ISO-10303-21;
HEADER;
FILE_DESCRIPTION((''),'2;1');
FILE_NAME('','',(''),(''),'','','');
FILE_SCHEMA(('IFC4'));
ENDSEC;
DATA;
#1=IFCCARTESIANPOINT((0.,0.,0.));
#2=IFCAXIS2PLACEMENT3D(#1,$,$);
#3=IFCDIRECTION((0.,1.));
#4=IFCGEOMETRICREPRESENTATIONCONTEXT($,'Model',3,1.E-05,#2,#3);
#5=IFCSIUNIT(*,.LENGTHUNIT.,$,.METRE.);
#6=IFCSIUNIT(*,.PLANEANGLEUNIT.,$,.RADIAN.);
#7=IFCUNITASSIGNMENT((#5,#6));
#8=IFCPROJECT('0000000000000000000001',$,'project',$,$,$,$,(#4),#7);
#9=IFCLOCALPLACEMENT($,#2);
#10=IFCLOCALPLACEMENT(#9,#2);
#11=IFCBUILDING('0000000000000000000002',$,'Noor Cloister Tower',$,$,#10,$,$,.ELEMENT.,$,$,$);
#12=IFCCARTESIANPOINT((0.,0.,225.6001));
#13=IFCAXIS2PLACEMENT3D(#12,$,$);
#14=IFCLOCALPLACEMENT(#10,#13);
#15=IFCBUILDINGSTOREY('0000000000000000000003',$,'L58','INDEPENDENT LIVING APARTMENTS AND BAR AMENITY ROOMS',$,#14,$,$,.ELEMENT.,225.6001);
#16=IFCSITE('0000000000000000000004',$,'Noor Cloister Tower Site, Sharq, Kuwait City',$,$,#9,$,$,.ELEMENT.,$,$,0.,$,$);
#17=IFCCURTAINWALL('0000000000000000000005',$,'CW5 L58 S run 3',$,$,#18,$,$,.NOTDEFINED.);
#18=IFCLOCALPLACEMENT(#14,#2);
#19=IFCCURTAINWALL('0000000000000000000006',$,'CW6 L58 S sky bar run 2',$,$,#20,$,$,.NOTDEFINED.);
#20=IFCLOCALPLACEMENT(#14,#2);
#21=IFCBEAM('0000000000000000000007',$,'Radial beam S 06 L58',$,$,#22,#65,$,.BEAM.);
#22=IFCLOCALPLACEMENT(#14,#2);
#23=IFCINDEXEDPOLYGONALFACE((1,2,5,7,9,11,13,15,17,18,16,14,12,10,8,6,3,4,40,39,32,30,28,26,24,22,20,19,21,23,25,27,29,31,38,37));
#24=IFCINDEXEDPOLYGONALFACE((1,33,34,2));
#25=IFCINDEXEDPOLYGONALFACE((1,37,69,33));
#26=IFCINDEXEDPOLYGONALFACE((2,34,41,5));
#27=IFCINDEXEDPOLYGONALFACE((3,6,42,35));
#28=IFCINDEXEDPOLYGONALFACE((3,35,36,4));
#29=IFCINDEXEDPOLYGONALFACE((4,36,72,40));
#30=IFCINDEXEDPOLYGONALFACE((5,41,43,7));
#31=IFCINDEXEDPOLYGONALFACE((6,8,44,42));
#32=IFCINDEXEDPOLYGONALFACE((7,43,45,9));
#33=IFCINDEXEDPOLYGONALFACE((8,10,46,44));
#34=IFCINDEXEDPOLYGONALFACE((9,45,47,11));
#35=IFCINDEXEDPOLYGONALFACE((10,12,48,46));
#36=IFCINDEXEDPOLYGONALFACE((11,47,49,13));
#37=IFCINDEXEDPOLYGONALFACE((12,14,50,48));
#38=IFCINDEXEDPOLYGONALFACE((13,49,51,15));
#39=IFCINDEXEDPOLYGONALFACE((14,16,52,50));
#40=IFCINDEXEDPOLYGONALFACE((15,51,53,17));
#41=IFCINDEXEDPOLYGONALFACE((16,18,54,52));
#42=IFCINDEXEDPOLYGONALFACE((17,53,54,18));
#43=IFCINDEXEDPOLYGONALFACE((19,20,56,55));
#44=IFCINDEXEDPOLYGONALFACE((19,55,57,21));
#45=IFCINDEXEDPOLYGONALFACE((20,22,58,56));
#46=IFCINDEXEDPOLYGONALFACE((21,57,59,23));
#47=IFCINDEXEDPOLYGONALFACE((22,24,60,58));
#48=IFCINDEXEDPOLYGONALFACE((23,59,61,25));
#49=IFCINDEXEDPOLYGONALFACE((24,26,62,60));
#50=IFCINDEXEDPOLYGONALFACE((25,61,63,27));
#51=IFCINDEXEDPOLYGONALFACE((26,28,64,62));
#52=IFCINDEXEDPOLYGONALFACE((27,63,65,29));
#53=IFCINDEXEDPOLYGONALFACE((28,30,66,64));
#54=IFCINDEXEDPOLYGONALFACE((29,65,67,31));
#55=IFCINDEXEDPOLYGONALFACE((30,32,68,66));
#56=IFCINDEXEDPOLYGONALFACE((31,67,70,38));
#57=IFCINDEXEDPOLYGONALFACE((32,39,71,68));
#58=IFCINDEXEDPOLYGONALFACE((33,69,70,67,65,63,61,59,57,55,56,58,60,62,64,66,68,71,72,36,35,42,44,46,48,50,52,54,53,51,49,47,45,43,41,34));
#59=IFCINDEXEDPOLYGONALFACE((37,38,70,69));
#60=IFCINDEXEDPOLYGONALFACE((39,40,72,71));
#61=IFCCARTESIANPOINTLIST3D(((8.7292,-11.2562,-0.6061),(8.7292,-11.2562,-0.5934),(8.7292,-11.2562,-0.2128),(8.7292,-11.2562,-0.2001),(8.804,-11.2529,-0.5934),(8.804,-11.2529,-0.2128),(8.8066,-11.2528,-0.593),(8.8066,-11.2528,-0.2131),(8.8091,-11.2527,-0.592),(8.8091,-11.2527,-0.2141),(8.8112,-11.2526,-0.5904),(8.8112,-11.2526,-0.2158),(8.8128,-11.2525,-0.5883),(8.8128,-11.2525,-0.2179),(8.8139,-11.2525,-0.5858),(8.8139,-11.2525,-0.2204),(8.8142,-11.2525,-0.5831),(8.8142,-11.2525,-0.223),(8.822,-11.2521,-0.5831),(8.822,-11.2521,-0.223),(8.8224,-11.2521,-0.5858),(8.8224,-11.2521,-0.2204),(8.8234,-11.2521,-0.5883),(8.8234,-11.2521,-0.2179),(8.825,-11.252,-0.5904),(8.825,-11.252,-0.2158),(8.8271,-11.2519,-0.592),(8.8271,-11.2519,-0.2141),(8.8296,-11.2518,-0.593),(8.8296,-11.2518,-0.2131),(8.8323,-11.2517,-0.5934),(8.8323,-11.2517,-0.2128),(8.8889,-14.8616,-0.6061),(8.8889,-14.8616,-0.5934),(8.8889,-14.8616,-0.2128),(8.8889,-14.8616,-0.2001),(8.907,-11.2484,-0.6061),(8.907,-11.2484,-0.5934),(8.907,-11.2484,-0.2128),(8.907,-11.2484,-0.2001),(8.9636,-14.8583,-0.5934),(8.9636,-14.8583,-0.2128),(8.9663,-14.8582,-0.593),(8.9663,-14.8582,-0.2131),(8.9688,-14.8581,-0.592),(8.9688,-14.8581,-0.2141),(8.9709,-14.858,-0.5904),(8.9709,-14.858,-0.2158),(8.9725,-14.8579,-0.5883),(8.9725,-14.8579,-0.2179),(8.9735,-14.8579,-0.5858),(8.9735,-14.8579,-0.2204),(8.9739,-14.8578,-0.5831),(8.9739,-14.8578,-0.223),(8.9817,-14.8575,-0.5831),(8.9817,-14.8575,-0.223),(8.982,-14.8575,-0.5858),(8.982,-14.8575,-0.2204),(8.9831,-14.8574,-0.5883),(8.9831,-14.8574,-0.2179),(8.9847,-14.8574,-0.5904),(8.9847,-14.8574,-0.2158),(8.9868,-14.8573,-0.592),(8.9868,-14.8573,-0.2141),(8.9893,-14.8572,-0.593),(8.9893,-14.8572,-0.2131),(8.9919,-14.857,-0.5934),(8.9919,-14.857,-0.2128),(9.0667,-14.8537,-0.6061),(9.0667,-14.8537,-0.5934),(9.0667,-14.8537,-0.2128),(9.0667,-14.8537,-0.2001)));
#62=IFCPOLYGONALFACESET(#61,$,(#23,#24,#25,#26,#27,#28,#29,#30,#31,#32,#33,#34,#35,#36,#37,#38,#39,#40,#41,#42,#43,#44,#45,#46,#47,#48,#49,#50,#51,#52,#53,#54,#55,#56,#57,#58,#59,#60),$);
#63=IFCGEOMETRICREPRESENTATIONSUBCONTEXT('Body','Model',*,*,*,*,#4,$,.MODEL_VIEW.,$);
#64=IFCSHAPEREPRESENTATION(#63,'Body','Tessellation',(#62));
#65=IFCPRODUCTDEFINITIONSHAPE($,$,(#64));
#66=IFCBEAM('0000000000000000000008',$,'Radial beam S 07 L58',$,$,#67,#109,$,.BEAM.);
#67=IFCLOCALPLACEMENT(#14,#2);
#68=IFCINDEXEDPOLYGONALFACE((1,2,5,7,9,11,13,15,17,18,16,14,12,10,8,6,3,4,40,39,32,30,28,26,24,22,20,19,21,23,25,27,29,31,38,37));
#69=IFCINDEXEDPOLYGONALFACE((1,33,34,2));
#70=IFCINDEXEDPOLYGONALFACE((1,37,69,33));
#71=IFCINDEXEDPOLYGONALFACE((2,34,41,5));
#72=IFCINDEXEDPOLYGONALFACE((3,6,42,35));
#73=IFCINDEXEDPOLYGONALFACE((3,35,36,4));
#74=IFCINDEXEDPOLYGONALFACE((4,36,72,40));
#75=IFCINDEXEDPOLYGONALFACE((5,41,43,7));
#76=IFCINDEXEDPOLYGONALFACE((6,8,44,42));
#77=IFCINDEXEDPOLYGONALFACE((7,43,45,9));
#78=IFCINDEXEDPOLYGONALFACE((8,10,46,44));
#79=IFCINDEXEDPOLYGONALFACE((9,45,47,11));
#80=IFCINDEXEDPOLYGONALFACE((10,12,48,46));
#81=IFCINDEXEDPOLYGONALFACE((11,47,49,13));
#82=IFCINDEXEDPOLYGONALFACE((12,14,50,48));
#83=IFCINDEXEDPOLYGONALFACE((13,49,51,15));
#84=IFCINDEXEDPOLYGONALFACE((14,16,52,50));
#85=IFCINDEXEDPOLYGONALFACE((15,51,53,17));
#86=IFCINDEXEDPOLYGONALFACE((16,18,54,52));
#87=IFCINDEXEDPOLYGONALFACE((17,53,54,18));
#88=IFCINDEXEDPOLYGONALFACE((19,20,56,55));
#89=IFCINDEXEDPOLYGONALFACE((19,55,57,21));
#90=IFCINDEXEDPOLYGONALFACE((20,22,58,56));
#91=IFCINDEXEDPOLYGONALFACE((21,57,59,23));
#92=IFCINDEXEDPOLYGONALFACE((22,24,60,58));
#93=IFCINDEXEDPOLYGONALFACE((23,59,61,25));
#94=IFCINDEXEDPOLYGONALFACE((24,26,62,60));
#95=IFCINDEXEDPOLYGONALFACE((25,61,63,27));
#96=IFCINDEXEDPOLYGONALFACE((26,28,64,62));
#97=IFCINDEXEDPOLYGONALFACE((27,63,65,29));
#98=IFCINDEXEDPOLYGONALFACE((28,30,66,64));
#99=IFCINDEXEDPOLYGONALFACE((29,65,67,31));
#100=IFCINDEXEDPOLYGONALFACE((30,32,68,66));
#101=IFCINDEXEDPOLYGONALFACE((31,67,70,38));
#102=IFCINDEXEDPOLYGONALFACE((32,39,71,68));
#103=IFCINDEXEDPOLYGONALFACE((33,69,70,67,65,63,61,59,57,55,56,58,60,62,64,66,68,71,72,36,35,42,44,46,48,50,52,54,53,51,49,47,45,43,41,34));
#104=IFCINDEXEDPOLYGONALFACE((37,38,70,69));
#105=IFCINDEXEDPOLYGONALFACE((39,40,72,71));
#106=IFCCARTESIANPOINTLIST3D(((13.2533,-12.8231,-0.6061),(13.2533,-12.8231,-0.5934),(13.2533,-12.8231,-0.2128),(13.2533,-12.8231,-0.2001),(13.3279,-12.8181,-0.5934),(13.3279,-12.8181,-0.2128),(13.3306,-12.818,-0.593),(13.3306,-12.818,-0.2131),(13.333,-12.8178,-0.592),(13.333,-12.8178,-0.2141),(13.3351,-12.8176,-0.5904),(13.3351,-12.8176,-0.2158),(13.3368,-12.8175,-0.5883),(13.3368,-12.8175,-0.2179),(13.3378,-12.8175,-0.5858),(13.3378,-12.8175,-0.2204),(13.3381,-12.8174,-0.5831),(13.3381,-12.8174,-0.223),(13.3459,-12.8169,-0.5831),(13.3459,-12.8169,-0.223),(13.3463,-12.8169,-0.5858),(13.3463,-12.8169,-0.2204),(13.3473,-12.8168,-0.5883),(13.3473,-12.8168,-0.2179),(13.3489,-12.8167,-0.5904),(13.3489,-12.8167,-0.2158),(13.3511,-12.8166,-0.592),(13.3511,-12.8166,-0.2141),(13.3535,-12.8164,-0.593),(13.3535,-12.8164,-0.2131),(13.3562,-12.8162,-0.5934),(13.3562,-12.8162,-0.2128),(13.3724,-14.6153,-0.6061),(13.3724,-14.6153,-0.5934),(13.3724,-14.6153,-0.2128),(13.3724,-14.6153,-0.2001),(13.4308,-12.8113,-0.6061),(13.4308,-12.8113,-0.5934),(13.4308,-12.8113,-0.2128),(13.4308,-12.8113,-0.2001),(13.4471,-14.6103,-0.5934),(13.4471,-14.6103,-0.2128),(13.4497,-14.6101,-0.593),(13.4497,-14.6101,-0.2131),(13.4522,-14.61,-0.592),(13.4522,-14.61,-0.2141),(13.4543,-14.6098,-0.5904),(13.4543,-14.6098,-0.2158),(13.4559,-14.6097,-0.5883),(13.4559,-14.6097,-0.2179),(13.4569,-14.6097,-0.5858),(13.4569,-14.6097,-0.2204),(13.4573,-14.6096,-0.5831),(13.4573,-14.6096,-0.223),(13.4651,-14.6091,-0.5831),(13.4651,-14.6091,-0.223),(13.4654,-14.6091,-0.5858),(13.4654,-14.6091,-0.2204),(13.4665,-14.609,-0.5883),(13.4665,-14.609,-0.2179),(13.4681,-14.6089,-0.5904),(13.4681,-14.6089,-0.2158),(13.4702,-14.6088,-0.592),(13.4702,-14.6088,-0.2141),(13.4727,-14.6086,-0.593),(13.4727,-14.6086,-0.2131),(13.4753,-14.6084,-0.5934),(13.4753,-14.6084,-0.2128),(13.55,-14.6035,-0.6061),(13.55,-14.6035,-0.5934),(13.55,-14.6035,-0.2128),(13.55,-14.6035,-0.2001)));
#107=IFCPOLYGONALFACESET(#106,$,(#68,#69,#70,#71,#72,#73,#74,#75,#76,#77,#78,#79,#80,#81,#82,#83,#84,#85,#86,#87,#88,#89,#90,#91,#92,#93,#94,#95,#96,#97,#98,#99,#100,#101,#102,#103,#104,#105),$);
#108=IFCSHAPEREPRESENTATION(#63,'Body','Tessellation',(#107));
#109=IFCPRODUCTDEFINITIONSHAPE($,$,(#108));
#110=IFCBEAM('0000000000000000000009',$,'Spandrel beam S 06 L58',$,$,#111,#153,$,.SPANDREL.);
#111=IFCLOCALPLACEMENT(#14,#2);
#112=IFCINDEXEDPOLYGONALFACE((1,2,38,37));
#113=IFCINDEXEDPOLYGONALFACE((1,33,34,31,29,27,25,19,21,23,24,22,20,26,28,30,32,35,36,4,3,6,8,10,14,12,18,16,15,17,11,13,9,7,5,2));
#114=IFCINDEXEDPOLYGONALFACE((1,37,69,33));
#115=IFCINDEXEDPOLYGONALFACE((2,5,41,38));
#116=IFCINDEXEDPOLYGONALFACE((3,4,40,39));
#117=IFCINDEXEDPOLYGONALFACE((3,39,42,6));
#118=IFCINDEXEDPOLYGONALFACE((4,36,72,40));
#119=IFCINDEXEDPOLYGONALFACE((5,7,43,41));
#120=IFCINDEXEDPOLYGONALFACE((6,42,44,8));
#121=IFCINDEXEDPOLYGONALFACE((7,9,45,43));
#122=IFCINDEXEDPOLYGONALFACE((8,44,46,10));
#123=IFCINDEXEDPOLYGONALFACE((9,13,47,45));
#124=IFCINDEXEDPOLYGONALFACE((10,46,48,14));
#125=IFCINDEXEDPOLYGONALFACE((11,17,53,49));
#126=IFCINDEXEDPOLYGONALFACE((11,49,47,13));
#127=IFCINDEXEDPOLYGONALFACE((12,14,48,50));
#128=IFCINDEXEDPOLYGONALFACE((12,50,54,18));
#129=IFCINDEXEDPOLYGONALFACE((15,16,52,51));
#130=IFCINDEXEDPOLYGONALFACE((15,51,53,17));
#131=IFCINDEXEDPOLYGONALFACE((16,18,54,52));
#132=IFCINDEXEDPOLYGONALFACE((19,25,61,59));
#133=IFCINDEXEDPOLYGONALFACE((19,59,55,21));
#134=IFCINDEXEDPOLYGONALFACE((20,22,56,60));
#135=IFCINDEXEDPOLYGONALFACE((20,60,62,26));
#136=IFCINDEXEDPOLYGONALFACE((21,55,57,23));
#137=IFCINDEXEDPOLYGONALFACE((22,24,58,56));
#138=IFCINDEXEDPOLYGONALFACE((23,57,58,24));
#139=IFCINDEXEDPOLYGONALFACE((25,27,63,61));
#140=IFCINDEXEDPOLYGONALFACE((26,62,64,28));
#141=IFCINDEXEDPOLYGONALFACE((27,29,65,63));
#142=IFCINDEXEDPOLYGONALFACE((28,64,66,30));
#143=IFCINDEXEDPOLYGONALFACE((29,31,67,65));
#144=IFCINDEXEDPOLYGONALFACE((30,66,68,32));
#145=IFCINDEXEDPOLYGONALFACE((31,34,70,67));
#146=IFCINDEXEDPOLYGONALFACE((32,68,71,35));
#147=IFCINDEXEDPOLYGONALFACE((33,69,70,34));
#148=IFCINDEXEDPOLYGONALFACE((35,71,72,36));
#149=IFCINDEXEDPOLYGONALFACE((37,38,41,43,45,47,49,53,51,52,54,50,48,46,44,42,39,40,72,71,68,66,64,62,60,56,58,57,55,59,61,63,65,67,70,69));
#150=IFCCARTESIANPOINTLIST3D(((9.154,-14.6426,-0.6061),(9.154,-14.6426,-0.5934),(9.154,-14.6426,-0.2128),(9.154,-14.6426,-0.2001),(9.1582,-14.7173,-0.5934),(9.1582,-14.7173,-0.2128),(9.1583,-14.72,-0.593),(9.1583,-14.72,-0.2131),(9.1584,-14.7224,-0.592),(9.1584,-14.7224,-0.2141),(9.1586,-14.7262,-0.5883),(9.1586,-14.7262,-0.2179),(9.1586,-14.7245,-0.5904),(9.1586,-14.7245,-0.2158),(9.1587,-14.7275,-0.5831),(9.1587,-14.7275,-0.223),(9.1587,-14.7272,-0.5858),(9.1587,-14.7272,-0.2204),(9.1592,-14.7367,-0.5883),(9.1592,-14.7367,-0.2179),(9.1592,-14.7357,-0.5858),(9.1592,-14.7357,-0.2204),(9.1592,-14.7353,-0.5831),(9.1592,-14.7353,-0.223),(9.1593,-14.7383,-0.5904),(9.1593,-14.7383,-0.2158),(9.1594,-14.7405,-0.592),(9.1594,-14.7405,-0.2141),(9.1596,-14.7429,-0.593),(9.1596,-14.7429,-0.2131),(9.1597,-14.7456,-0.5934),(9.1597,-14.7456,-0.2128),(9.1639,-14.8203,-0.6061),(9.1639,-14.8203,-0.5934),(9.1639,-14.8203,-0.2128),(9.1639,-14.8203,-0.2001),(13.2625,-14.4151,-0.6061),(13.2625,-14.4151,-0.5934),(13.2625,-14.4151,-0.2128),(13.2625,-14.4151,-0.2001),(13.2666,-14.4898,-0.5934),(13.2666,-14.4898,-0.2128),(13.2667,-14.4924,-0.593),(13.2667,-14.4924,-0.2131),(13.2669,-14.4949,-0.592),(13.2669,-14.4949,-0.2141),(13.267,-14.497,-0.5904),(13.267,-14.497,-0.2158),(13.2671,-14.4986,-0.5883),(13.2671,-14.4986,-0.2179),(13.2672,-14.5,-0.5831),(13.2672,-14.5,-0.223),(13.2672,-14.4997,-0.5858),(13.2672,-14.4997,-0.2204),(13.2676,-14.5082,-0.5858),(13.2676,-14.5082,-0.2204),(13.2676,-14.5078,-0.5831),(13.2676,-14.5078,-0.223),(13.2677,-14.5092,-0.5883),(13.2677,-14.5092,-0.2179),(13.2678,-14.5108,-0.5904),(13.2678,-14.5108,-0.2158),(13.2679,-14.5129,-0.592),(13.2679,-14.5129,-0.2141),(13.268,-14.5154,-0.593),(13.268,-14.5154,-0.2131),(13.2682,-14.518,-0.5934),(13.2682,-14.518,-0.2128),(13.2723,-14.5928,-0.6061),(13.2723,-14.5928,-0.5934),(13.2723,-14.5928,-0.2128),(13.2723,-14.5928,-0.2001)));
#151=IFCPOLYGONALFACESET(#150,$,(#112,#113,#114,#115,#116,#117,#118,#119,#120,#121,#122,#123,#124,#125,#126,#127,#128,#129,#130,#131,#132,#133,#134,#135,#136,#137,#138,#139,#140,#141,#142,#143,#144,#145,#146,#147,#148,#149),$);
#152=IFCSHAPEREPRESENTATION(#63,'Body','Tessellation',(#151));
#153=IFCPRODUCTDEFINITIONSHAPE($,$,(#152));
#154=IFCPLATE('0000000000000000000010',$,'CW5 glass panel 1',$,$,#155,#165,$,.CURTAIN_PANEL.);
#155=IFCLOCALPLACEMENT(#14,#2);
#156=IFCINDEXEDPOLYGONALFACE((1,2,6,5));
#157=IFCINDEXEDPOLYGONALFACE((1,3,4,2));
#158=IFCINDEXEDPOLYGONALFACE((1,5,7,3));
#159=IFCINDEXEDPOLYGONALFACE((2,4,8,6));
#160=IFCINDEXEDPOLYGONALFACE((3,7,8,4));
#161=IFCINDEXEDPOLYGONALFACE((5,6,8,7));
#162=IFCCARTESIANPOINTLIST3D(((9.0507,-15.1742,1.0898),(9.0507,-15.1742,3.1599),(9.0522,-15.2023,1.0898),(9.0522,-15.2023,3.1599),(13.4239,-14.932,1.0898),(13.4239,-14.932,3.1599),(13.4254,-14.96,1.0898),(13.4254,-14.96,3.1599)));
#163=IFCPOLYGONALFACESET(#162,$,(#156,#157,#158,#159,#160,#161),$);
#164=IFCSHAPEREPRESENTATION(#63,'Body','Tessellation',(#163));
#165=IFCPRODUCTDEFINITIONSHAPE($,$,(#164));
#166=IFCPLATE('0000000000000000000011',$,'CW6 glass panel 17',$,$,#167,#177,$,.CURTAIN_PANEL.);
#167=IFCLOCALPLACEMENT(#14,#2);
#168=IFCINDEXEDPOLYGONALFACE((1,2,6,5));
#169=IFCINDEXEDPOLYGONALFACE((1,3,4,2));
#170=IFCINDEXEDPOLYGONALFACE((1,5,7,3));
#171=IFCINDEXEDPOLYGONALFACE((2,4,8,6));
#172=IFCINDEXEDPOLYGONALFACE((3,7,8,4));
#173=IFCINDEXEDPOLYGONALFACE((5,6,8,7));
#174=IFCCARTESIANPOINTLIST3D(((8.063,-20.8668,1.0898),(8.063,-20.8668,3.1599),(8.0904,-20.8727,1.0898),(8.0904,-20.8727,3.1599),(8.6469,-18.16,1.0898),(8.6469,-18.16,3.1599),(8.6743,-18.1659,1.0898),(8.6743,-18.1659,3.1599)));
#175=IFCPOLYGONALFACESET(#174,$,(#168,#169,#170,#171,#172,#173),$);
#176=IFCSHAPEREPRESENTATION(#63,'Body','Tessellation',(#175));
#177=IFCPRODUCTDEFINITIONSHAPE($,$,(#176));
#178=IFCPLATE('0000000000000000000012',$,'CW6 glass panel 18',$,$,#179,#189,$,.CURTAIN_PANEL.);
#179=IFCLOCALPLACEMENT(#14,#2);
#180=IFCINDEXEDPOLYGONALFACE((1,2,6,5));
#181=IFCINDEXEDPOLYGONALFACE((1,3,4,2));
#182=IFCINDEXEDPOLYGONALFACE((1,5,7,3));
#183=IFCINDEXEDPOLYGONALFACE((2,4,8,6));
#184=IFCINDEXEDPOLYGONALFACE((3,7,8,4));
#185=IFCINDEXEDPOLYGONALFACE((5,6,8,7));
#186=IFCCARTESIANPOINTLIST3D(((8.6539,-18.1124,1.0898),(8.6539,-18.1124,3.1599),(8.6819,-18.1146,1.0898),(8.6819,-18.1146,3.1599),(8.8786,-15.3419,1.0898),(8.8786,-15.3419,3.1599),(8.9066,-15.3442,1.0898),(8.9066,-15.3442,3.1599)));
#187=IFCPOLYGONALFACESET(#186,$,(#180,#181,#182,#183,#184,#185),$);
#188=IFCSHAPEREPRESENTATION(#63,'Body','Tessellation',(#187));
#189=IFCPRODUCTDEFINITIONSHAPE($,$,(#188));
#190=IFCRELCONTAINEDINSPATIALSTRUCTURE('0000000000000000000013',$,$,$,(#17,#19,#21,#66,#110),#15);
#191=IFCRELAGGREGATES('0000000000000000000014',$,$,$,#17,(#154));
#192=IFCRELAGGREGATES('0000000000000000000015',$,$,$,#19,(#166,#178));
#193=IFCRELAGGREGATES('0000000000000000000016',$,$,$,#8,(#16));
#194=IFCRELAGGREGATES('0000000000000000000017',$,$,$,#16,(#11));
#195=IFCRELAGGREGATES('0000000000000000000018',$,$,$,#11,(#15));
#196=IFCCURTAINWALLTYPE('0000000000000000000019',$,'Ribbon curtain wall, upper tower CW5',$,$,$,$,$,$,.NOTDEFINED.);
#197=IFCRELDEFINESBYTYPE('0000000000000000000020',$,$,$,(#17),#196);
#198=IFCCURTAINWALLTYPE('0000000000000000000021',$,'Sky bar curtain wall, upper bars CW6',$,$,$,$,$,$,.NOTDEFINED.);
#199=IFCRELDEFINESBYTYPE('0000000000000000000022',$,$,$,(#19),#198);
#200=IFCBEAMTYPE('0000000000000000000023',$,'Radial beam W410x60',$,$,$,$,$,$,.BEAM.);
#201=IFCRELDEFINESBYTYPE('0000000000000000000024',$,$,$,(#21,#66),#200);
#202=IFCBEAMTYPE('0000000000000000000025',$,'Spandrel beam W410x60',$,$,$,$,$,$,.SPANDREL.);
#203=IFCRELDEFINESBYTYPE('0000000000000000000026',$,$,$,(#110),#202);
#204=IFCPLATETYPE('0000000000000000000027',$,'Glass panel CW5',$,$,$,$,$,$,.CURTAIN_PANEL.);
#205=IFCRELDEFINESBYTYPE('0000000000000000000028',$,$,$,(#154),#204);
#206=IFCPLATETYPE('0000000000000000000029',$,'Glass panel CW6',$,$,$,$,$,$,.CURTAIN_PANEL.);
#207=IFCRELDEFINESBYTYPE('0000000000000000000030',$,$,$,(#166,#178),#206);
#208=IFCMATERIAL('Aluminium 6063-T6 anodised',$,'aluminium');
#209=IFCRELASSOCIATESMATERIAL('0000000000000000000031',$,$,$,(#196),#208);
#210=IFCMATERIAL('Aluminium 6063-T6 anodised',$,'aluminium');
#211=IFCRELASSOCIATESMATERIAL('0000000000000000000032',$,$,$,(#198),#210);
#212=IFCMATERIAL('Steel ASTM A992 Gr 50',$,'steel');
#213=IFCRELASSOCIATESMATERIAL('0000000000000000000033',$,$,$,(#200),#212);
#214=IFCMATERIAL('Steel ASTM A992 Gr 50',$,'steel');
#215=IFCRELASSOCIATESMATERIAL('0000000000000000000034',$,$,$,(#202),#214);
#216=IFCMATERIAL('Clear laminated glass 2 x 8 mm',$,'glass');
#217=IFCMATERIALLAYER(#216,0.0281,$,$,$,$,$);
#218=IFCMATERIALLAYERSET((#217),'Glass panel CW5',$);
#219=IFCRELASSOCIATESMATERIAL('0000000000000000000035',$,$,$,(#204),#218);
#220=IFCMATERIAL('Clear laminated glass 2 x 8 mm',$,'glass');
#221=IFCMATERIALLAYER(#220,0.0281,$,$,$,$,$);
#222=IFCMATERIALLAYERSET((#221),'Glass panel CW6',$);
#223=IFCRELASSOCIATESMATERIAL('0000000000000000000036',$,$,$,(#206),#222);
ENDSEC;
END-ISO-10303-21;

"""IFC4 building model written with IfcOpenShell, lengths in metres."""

from ifc_helpers import new_model, si_unit, direction, frame, origin, origin_2d, place, context, subcontext, project, spatial, rectangle, i_section, extrude, material, layer, layer_set, material_profile, profile_set, type_object, element, aggregate, save


model = new_model("IFC4")

# Units and contexts
model_context = context("Model", 3, precision=1e-05, world=origin(), true_north=direction((0.0, 1.0)))
body_context = subcontext(model_context, "Body", "Model", "MODEL_VIEW")
ifc_project = project(units=[si_unit("LENGTHUNIT", "METRE"), si_unit("PLANEANGLEUNIT", "RADIAN")], contexts=[model_context])

# Site, building, storey
site_placement = place(None, origin())
site = spatial("IfcSite", under=ifc_project, at=site_placement, Name="Noor Cloister Tower Site, Sharq, Kuwait City", CompositionType="ELEMENT", RefElevation=0.0)
building_placement = place(site_placement, origin())
building = spatial("IfcBuilding", under=site, at=building_placement, Name="Noor Cloister Tower", CompositionType="ELEMENT")
storey_placement = place(building_placement, frame((0.0, 0.0, 225.6001)))
storey = spatial("IfcBuildingStorey", under=building, at=storey_placement, Name="L58", Description="INDEPENDENT LIVING APARTMENTS AND BAR AMENITY ROOMS", CompositionType="ELEMENT", Elevation=225.6001)

# Curtain walls
ifc_material_1 = material(Name="Aluminium 6063-T6 anodised", Category="aluminium")
curtain_wall_type_1 = type_object("IfcCurtainWallType", Name="Ribbon curtain wall, upper tower CW5", PredefinedType="NOTDEFINED", material=ifc_material_1)
curtain_wall_1_placement = place(storey_placement, origin())
curtain_wall_1 = element("IfcCurtainWall", 1, at=curtain_wall_1_placement, inside=storey, type_object=curtain_wall_type_1, Name="CW5 L58 S run 3", PredefinedType="NOTDEFINED")
ifc_material_2 = material(Name="Aluminium 6063-T6 anodised", Category="aluminium")
curtain_wall_type_2 = type_object("IfcCurtainWallType", Name="Sky bar curtain wall, upper bars CW6", PredefinedType="NOTDEFINED", material=ifc_material_2)
curtain_wall_2_placement = place(storey_placement, origin())
curtain_wall_2 = element("IfcCurtainWall", 2, at=curtain_wall_2_placement, inside=storey, type_object=curtain_wall_type_2, Name="CW6 L58 S sky bar run 2", PredefinedType="NOTDEFINED")

# Beams
ifc_material_3 = material(Name="Steel ASTM A992 Gr 50", Category="steel")
ifc_material_profile_1 = material_profile(ifc_material_3, i_section(OverallWidth=0.178, OverallDepth=0.406, WebThickness=0.0078, FlangeThickness=0.0127, FilletRadius=0.0103, at=origin_2d()), Name="W410x60")
ifc_profile_set_1 = profile_set([ifc_material_profile_1], Name="Steel ASTM A992 Gr 50")
beam_type_1 = type_object("IfcBeamType", Name="Radial beam W410x60", PredefinedType="BEAM", material=ifc_profile_set_1)
beam_1_placement = place(storey_placement, frame((8.9778, -14.8577, -0.4031), z_axis=(-0.044242, 0.999021, 0.0), x_axis=(-0.999021, -0.044242, 0.0)))
element("IfcBeam", 3, at=beam_1_placement, inside=storey, type_object=beam_type_1, Name="Radial beam S 06 L58", PredefinedType="BEAM", context=body_context, shape_type="SweptSolid", body=[
    extrude(i_section(OverallWidth=0.178, OverallDepth=0.406, WebThickness=0.0078, FlangeThickness=0.0127, FilletRadius=0.0103, at=origin_2d()), origin(), (0.0, 0.0, 1.0), 3.6089),
])
beam_2_placement = place(storey_placement, frame((13.4612, -14.6094, -0.4031), z_axis=(-0.06633, 0.997798, 0.0), x_axis=(-0.997798, -0.06633, 0.0)))
element("IfcBeam", 4, at=beam_2_placement, inside=storey, type_object=beam_type_1, Name="Radial beam S 07 L58", PredefinedType="BEAM", context=body_context, shape_type="SweptSolid", body=[
    extrude(i_section(OverallWidth=0.178, OverallDepth=0.406, WebThickness=0.0078, FlangeThickness=0.0127, FilletRadius=0.0103, at=origin_2d()), origin(), (0.0, 0.0, 1.0), 1.7961),
])
ifc_material_4 = material(Name="Steel ASTM A992 Gr 50", Category="steel")
ifc_material_profile_2 = material_profile(ifc_material_4, i_section(OverallWidth=0.178, OverallDepth=0.406, WebThickness=0.0078, FlangeThickness=0.0127, FilletRadius=0.0103, at=origin_2d()), Name="W410x60")
ifc_profile_set_2 = profile_set([ifc_material_profile_2], Name="Steel ASTM A992 Gr 50")
beam_type_2 = type_object("IfcBeamType", Name="Spandrel beam W410x60", PredefinedType="SPANDREL", material=ifc_profile_set_2)
beam_3_placement = place(storey_placement, frame((9.1589, -14.7314, -0.4031), z_axis=(0.99847, 0.055299, 0.0), x_axis=(-0.055299, 0.99847, 0.0)))
element("IfcBeam", 5, at=beam_3_placement, inside=storey, type_object=beam_type_2, Name="Spandrel beam S 06 L58", PredefinedType="SPANDREL", context=body_context, shape_type="SweptSolid", body=[
    extrude(i_section(OverallWidth=0.178, OverallDepth=0.406, WebThickness=0.0078, FlangeThickness=0.0127, FilletRadius=0.0103, at=origin_2d()), origin(), (0.0, 0.0, 1.0), 4.1147),
])

# Plates
ifc_material_5 = material(Name="Clear laminated glass 2 x 8 mm", Category="glass")
ifc_layer_1 = layer(ifc_material_5, 0.0281)
ifc_layer_set_1 = layer_set([ifc_layer_1], Name="Glass panel CW5")
plate_type_1 = type_object("IfcPlateType", Name="Glass panel CW5", PredefinedType="CURTAIN_PANEL", material=ifc_layer_set_1)
plate_1_placement = place(storey_placement, frame((11.238, -15.0671, 1.0898), z_axis=(0.0, 0.0, 1.0), x_axis=(0.998469, 0.055305, 0.0)))
plate_1 = element("IfcPlate", 6, at=plate_1_placement, type_object=plate_type_1, Name="CW5 glass panel 1", PredefinedType="CURTAIN_PANEL", context=body_context, shape_type="SweptSolid", body=[
    extrude(rectangle(XDim=4.3799, YDim=0.0281, at=origin_2d()), origin(), (0.0, 0.0, 1.0), 2.0701),
])
aggregate(curtain_wall_1, [plate_1])
ifc_material_6 = material(Name="Clear laminated glass 2 x 8 mm", Category="glass")
ifc_layer_2 = layer(ifc_material_6, 0.0281)
ifc_layer_set_2 = layer_set([ifc_layer_2], Name="Glass panel CW6")
plate_type_2 = type_object("IfcPlateType", Name="Glass panel CW6", PredefinedType="CURTAIN_PANEL", material=ifc_layer_set_2)
plate_2_placement = place(storey_placement, frame((8.3687, -19.5164, 1.0898), z_axis=(0.0, 0.0, 1.0), x_axis=(0.210872, 0.977514, 0.0)))
plate_2 = element("IfcPlate", 7, at=plate_2_placement, type_object=plate_type_2, Name="CW6 glass panel 17", PredefinedType="CURTAIN_PANEL", context=body_context, shape_type="SweptSolid", body=[
    extrude(rectangle(XDim=2.769, YDim=0.0281, at=origin_2d()), origin(), (0.0, 0.0, 1.0), 2.0701),
])
plate_3_placement = place(storey_placement, frame((8.7803, -16.7283, 1.0898), z_axis=(0.0, 0.0, 1.0), x_axis=(0.080834, 0.996728, 0.0)))
plate_3 = element("IfcPlate", 8, at=plate_3_placement, type_object=plate_type_2, Name="CW6 glass panel 18", PredefinedType="CURTAIN_PANEL", context=body_context, shape_type="SweptSolid", body=[
    extrude(rectangle(XDim=2.7795, YDim=0.0281, at=origin_2d()), origin(), (0.0, 0.0, 1.0), 2.0701),
])
aggregate(curtain_wall_2, [plate_2, plate_3])

save(model, "model.ifc")
